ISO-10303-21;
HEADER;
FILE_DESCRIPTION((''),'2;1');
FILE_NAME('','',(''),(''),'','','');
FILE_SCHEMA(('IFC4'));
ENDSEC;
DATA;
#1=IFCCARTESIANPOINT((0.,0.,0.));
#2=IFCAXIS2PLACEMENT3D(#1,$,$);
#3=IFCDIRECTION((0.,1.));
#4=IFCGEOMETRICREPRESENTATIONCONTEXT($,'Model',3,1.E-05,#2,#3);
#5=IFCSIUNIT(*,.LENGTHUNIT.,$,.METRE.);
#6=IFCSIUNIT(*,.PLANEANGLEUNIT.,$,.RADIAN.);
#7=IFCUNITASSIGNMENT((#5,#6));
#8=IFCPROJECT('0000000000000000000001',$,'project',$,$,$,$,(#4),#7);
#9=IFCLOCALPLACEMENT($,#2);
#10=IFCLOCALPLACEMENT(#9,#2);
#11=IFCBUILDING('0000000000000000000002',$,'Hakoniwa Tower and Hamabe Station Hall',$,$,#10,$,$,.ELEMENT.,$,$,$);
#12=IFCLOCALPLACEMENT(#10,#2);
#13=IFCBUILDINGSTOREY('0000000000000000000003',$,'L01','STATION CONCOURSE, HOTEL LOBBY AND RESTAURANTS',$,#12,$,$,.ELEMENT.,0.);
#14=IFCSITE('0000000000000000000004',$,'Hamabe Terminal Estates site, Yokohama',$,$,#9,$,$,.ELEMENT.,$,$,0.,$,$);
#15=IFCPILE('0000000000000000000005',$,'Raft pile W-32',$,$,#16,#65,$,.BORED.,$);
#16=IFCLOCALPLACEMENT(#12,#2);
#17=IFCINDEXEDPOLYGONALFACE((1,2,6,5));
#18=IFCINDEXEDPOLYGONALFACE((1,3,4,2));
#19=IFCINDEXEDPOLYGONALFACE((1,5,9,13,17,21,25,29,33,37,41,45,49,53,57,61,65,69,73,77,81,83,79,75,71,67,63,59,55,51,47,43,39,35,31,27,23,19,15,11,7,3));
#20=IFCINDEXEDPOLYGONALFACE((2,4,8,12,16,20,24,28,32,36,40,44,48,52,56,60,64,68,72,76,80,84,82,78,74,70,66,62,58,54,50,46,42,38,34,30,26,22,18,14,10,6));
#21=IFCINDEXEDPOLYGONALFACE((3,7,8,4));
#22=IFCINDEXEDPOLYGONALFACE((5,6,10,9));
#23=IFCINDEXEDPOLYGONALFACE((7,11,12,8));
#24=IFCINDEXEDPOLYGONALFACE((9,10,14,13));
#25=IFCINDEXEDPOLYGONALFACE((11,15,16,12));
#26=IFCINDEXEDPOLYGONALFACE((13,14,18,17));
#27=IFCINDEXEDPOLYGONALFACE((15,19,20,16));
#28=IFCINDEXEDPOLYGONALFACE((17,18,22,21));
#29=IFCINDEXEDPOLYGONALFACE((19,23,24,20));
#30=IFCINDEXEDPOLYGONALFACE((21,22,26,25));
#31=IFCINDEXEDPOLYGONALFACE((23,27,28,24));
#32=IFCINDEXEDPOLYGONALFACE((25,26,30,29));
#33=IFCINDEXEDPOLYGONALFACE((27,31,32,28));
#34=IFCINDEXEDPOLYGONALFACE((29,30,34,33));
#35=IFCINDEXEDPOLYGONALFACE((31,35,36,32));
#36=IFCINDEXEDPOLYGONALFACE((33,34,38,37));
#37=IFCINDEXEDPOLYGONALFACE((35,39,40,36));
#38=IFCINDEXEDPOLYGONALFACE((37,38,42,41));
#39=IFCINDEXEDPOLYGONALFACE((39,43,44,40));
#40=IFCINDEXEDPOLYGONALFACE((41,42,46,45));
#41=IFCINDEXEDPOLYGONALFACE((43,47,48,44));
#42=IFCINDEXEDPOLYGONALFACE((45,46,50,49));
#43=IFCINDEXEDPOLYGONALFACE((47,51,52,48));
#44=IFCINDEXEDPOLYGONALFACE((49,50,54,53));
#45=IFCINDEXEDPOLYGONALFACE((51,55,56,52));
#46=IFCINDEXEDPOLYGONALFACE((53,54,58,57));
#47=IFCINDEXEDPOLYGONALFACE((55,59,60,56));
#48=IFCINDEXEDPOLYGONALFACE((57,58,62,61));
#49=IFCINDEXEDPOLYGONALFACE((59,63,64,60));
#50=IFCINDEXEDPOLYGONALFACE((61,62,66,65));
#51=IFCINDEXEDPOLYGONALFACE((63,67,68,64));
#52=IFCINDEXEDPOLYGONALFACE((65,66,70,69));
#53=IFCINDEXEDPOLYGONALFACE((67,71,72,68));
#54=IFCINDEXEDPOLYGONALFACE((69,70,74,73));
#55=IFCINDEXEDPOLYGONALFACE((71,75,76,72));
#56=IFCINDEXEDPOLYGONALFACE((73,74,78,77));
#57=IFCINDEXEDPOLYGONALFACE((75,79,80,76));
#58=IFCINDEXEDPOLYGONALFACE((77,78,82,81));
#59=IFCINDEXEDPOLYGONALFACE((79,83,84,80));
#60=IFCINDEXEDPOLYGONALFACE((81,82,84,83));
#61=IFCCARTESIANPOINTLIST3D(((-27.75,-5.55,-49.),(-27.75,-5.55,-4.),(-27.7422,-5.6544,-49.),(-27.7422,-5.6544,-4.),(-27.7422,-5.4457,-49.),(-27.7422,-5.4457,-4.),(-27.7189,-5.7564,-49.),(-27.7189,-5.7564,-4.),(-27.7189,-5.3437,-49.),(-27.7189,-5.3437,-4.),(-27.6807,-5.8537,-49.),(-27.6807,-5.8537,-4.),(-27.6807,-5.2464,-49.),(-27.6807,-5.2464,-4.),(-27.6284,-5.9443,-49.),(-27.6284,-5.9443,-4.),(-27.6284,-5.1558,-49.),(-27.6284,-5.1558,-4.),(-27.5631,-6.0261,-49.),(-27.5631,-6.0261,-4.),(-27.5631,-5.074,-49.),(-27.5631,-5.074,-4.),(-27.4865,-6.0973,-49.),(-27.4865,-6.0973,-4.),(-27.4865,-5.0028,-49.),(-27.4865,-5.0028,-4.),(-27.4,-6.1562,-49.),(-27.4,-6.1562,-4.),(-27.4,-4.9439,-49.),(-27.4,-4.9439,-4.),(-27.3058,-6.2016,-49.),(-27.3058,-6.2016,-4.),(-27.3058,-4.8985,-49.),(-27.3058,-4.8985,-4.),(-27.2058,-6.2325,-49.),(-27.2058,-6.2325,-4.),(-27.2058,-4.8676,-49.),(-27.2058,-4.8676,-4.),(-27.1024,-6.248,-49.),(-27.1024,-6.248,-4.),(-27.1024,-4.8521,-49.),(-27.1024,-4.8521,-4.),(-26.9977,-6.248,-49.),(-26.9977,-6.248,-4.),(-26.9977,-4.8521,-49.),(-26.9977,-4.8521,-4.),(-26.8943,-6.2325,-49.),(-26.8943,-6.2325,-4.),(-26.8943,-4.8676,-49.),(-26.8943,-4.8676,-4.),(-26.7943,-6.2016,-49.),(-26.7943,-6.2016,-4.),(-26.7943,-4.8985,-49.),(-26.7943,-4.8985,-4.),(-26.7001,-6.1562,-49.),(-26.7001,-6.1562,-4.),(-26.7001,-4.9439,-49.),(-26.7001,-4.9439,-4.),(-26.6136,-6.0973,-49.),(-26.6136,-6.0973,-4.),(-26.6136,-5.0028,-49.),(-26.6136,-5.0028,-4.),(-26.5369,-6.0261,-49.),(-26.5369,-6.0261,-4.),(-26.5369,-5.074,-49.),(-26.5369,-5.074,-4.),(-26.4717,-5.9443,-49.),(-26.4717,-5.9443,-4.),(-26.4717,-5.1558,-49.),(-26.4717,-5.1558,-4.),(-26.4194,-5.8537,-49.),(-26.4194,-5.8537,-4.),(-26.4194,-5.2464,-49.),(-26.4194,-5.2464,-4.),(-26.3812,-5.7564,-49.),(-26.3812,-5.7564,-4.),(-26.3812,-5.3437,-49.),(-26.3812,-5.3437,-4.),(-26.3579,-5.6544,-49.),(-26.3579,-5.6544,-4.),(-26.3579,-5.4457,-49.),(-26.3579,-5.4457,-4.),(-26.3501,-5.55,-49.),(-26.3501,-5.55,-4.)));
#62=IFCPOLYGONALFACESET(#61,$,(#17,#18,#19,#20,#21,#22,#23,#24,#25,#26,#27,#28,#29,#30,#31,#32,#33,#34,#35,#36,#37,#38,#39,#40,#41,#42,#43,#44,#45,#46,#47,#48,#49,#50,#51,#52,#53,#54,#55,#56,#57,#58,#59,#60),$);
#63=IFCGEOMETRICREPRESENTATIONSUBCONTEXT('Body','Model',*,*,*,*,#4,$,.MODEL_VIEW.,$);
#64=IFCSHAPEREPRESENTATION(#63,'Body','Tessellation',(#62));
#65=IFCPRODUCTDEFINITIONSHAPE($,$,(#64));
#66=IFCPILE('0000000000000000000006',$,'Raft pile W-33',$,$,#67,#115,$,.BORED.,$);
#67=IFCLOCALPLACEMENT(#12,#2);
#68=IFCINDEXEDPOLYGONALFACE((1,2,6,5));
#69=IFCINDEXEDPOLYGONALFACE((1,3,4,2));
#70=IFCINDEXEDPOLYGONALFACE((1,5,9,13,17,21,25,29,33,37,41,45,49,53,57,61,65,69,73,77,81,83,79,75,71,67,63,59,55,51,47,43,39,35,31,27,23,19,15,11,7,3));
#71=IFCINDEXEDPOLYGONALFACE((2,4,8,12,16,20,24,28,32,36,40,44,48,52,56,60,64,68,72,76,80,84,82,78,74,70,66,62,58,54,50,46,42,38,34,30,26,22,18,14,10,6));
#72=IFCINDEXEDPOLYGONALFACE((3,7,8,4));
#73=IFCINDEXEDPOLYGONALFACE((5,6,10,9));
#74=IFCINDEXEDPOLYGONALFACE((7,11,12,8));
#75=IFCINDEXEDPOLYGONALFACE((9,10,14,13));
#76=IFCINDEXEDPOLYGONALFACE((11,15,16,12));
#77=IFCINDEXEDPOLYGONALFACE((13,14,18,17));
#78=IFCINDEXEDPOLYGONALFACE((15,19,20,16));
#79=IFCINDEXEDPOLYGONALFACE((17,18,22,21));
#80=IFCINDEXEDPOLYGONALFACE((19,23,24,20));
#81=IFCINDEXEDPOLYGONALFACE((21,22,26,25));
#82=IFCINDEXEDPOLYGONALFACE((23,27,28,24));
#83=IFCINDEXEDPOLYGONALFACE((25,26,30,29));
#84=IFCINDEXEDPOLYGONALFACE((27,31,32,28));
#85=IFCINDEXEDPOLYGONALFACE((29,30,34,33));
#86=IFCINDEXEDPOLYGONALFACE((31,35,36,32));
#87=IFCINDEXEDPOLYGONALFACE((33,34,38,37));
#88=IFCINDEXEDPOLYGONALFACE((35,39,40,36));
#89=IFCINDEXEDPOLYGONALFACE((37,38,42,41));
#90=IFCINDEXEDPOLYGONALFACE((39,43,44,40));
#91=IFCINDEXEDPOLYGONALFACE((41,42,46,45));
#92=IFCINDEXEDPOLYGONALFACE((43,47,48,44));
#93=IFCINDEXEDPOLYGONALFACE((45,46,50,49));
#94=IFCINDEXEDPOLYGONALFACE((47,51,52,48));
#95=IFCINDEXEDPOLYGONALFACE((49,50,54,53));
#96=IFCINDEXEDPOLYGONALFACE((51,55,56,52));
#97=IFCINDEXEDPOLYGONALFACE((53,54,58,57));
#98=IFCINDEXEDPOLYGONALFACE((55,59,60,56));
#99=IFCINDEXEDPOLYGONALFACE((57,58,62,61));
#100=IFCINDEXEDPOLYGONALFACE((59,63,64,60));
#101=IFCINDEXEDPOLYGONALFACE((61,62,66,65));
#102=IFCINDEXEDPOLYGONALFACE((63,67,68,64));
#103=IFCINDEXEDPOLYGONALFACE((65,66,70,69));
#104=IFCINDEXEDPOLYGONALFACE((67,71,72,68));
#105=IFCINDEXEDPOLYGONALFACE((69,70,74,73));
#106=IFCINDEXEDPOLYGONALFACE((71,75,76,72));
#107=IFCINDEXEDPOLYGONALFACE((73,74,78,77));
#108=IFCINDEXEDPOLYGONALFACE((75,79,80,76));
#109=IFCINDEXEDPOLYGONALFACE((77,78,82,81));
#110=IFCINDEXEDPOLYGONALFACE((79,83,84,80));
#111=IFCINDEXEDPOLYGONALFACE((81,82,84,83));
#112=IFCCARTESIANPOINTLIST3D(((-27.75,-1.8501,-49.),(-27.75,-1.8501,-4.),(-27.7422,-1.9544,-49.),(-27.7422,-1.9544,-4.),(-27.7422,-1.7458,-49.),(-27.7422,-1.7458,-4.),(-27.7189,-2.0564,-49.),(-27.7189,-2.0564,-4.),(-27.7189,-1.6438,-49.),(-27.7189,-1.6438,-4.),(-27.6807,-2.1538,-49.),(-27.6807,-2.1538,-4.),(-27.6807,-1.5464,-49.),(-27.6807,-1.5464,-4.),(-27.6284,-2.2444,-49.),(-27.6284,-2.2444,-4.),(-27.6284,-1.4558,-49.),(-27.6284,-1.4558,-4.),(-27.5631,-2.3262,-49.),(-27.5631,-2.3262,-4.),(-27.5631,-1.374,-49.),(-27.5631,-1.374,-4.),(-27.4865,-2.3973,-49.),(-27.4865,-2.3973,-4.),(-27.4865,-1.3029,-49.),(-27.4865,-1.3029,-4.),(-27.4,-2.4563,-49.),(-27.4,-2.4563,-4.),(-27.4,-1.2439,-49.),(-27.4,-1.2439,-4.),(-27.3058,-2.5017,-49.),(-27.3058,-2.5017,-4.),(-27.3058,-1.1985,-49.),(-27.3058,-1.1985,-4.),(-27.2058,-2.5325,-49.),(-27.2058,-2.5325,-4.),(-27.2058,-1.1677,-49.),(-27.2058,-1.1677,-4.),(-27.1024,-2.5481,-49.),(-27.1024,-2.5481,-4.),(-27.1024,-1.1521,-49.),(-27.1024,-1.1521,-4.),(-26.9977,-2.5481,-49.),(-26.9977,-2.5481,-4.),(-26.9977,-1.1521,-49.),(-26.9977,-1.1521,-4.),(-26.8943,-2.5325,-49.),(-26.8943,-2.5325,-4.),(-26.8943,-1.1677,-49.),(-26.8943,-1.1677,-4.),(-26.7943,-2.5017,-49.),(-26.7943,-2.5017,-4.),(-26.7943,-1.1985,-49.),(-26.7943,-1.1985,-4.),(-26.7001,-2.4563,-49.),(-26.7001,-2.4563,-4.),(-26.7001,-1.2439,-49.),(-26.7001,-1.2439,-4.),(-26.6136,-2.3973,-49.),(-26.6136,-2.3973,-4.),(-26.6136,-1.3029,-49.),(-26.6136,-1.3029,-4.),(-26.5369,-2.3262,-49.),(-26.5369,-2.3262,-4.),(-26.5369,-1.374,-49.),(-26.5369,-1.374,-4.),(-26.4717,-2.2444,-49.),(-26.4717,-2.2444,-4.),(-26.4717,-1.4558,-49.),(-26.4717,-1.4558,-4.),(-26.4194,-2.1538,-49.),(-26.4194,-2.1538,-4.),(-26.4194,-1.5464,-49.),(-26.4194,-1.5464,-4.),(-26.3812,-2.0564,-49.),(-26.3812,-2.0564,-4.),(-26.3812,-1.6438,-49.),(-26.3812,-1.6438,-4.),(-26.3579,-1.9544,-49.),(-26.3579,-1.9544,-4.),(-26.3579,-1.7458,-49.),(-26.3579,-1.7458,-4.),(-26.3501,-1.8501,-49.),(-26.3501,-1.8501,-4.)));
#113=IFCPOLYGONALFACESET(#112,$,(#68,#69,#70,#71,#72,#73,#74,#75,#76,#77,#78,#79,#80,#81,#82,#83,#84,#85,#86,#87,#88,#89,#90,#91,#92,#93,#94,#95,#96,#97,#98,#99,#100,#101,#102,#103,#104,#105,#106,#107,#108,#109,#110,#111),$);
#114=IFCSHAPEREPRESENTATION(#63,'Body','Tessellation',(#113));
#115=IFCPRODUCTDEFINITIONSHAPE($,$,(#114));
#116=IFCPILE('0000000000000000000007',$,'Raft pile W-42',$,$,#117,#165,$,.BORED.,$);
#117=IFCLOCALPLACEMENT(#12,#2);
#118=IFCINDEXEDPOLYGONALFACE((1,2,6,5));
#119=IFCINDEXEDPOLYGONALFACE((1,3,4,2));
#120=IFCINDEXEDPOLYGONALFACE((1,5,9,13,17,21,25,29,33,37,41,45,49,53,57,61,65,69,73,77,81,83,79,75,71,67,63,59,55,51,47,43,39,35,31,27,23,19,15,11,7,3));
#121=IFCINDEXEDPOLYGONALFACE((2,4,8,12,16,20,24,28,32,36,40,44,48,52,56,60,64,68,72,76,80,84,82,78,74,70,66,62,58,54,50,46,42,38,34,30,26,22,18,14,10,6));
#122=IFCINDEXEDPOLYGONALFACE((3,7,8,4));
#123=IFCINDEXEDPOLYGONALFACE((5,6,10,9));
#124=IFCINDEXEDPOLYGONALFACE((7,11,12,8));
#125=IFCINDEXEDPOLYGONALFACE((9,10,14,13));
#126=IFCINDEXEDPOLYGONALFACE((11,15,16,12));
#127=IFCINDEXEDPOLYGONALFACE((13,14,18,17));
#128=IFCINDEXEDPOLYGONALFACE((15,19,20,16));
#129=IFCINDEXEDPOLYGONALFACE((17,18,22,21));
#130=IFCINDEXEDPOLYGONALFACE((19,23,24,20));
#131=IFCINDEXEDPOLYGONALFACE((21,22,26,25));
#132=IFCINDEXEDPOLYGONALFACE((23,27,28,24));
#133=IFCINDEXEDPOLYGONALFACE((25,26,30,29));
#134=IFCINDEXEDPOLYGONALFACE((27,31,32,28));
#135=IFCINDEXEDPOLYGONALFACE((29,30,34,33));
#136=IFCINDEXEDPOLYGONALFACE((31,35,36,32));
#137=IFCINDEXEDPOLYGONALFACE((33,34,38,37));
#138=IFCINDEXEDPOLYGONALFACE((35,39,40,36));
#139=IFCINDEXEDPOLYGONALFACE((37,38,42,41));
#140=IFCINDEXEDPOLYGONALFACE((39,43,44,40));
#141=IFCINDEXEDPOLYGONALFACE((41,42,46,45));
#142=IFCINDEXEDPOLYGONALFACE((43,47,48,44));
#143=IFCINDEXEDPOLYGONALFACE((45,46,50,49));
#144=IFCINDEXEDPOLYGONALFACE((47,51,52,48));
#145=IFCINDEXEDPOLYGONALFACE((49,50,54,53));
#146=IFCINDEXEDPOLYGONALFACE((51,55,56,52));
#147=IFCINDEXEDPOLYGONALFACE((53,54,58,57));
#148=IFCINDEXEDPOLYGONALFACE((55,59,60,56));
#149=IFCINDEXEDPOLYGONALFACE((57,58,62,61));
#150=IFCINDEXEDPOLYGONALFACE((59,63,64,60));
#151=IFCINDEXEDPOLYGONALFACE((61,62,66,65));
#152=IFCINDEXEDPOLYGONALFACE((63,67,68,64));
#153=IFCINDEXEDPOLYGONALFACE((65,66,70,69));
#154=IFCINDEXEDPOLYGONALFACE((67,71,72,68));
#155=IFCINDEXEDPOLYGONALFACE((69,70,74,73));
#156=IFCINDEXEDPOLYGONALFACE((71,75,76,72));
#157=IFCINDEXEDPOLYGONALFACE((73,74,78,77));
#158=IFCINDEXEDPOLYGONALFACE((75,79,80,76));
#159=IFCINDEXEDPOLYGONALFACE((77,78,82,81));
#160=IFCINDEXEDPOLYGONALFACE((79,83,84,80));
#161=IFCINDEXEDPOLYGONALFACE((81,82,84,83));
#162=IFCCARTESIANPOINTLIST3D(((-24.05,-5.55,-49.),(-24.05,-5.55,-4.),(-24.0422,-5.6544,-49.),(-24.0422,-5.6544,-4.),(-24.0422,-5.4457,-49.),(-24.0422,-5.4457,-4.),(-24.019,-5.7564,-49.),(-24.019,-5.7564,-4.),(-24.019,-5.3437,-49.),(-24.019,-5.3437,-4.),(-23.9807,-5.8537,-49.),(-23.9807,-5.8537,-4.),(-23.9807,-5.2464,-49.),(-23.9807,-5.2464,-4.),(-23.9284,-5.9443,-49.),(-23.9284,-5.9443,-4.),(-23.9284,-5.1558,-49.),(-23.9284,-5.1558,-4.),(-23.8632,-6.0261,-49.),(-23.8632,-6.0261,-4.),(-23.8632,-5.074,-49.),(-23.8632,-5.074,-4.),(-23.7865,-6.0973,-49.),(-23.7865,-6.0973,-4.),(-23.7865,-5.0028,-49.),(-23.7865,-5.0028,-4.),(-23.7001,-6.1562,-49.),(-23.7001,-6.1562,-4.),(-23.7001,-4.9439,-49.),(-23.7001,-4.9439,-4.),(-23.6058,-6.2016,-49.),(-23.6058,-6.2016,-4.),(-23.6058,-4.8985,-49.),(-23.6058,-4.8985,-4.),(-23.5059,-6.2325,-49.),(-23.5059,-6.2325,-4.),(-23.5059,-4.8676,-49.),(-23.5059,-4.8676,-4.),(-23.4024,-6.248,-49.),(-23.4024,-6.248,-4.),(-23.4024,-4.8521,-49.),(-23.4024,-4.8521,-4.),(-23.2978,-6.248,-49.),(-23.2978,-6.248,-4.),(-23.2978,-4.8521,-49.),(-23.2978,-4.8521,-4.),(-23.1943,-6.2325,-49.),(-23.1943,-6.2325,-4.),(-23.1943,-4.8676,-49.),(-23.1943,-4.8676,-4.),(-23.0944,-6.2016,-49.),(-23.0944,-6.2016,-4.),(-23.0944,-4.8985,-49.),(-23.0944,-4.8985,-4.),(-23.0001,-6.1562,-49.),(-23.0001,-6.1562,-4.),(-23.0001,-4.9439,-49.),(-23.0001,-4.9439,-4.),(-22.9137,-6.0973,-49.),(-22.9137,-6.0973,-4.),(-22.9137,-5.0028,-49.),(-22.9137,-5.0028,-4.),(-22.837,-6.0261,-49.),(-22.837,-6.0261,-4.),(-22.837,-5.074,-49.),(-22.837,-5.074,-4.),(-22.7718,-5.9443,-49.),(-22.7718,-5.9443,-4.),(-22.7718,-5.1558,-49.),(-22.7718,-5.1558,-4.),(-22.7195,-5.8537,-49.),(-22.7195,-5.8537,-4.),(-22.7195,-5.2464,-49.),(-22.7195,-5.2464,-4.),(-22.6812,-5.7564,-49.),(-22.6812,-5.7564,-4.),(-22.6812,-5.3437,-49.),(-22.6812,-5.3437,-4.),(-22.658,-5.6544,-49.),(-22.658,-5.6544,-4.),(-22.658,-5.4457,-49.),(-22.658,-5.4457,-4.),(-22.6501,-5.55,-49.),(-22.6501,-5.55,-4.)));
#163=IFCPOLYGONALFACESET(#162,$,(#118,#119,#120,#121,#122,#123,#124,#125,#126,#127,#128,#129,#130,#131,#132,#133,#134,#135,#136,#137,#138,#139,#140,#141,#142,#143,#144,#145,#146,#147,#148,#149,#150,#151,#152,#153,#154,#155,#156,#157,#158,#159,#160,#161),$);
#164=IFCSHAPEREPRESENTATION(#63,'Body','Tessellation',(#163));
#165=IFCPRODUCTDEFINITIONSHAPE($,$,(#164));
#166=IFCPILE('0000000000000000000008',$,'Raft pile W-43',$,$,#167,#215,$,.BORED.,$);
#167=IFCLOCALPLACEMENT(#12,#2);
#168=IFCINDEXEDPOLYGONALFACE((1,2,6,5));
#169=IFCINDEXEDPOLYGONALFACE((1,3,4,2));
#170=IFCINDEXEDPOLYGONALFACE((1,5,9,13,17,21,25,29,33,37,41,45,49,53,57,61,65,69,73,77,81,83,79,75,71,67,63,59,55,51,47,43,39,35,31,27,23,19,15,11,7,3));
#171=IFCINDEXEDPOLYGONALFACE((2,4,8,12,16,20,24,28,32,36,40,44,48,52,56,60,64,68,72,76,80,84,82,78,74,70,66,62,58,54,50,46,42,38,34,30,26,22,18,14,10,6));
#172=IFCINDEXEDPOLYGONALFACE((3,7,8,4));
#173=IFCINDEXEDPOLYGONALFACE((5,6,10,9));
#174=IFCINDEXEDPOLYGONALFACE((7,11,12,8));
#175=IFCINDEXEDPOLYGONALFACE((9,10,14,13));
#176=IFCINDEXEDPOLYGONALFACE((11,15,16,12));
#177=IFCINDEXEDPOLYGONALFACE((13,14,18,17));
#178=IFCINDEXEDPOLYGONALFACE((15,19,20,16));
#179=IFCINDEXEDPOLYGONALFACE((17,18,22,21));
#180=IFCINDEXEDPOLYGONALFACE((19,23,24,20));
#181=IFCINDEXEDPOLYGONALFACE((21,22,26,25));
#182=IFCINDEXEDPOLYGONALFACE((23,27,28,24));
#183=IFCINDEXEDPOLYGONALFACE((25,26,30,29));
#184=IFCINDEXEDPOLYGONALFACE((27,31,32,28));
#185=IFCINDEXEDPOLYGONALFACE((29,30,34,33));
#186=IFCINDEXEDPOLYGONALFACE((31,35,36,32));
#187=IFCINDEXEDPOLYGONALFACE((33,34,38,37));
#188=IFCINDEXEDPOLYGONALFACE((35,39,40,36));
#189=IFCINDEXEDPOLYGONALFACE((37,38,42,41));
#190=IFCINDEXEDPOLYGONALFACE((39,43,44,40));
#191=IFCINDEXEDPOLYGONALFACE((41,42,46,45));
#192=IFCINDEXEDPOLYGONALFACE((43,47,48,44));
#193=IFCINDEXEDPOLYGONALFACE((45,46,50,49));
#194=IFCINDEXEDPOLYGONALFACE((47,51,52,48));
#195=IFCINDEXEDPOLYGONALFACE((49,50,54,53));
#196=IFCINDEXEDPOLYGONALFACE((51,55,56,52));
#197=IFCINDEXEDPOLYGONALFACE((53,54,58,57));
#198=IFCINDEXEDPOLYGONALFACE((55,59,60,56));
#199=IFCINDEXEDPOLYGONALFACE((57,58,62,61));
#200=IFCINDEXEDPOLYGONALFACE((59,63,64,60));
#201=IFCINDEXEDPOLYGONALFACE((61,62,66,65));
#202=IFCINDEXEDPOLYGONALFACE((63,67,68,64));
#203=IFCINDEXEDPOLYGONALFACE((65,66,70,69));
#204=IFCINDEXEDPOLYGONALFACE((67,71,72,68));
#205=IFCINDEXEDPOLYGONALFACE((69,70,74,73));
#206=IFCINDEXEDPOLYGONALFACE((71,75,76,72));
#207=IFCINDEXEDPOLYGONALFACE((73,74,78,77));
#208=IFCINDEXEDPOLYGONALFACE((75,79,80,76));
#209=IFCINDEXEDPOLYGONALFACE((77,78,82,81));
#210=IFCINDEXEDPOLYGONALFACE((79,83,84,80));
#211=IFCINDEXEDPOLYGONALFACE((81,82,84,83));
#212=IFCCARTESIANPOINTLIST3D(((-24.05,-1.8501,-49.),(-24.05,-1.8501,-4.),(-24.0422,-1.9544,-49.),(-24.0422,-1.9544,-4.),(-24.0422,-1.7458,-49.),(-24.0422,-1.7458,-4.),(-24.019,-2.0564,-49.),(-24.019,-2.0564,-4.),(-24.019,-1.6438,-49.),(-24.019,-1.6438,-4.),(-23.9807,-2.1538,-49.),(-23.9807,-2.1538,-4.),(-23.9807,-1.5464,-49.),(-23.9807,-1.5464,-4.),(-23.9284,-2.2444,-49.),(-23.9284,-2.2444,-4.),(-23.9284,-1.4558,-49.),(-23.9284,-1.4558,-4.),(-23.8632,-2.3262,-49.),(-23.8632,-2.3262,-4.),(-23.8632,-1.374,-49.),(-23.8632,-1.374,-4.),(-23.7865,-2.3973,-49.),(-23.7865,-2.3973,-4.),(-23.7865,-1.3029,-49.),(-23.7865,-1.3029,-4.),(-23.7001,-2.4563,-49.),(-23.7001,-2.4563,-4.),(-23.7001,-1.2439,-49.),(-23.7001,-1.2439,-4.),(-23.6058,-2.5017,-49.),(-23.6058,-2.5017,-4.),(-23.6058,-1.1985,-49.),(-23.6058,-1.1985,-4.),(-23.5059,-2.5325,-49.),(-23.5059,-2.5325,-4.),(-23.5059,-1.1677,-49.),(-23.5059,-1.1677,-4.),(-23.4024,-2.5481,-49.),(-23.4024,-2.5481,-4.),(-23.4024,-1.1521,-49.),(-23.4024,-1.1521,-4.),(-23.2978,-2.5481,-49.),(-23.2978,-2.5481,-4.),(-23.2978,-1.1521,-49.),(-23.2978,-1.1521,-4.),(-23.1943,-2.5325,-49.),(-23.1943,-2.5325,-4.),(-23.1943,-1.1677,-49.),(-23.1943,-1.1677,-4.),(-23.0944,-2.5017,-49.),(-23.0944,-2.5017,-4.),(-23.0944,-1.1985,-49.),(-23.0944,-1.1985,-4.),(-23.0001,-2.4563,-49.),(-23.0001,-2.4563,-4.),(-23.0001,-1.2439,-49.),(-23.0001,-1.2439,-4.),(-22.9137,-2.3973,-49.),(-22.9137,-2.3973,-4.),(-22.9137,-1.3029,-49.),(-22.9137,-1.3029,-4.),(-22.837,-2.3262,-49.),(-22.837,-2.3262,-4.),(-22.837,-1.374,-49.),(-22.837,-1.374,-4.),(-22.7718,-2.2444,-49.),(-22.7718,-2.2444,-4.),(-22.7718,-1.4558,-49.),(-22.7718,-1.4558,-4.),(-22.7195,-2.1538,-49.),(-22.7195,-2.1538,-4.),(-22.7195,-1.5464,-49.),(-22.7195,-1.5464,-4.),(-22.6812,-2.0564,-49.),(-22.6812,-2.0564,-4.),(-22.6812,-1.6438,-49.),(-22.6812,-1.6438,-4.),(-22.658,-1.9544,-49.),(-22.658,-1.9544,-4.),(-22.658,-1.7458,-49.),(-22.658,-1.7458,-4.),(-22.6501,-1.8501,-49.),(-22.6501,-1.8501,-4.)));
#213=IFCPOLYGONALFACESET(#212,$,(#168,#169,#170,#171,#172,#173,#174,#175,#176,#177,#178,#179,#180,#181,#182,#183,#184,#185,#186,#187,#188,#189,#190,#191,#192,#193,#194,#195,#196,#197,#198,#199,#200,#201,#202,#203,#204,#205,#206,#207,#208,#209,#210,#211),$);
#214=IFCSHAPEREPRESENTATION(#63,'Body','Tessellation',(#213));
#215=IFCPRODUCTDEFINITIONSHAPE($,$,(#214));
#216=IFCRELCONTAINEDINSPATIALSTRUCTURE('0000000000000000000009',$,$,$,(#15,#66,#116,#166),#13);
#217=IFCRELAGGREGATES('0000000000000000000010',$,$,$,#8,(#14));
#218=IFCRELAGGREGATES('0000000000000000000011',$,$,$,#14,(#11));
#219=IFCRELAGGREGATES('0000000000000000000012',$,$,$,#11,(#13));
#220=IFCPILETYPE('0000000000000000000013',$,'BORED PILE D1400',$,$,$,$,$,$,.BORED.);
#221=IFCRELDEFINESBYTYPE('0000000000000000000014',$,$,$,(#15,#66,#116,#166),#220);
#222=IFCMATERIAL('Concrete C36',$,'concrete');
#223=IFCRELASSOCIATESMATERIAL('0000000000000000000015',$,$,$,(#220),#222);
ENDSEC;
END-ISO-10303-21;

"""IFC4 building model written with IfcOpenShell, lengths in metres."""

from ifc_helpers import new_model, si_unit, direction, frame, origin, origin_2d, place, context, subcontext, project, spatial, circle, extrude, material, material_profile, profile_set, type_object, element, save


model = new_model("IFC4")

# Units and contexts
model_context = context("Model", 3, precision=1e-05, world=origin(), true_north=direction((0.0, 1.0)))
body_context = subcontext(model_context, "Body", "Model", "MODEL_VIEW")
ifc_project = project(units=[si_unit("LENGTHUNIT", "METRE"), si_unit("PLANEANGLEUNIT", "RADIAN")], contexts=[model_context])

# Site, building, storey
site_placement = place(None, origin())
site = spatial("IfcSite", under=ifc_project, at=site_placement, Name="Hamabe Terminal Estates site, Yokohama", CompositionType="ELEMENT", RefElevation=0.0)
building_placement = place(site_placement, origin())
building = spatial("IfcBuilding", under=site, at=building_placement, Name="Hakoniwa Tower and Hamabe Station Hall", CompositionType="ELEMENT")
storey_placement = place(building_placement, origin())
storey = spatial("IfcBuildingStorey", under=building, at=storey_placement, Name="L01", Description="STATION CONCOURSE, HOTEL LOBBY AND RESTAURANTS", CompositionType="ELEMENT", Elevation=0.0)

# Piles
ifc_material_1 = material(Name="Concrete C36", Category="concrete")
ifc_material_profile = material_profile(ifc_material_1, circle(Radius=0.7, at=origin_2d()), Name="BORED PILE D1400")
ifc_profile_set = profile_set([ifc_material_profile], Name="Concrete C36")
pile_type = type_object("IfcPileType", Name="BORED PILE D1400", PredefinedType="BORED", material=ifc_profile_set)
for number, where, z_axis, x_axis, name in (
    (1, (-27.05, -5.55, -4.0), (0.0, 0.0, -1.0), (1.0, 0.0, 0.0), "Raft pile W-32"),
    (2, (-27.05, -1.8501, -4.0), (0.0, 0.0, -1.0), (1.0, 0.0, 0.0), "Raft pile W-33"),
    (3, (-23.3501, -5.55, -4.0), (0.0, 0.0, -1.0), (1.0, 0.0, 0.0), "Raft pile W-42"),
    (4, (-23.3501, -1.8501, -4.0), (0.0, 0.0, -1.0), (1.0, 0.0, 0.0), "Raft pile W-43"),
):
    element("IfcPile", number, at=place(storey_placement, frame(where, z_axis=z_axis, x_axis=x_axis)), inside=storey, type_object=pile_type, Name=name, PredefinedType="BORED", context=body_context, shape_type="SweptSolid", body=[
        extrude(circle(Radius=0.7, at=origin_2d()), origin(), (0.0, 0.0, 1.0), 45.0),
    ])

save(model, "model.ifc")
